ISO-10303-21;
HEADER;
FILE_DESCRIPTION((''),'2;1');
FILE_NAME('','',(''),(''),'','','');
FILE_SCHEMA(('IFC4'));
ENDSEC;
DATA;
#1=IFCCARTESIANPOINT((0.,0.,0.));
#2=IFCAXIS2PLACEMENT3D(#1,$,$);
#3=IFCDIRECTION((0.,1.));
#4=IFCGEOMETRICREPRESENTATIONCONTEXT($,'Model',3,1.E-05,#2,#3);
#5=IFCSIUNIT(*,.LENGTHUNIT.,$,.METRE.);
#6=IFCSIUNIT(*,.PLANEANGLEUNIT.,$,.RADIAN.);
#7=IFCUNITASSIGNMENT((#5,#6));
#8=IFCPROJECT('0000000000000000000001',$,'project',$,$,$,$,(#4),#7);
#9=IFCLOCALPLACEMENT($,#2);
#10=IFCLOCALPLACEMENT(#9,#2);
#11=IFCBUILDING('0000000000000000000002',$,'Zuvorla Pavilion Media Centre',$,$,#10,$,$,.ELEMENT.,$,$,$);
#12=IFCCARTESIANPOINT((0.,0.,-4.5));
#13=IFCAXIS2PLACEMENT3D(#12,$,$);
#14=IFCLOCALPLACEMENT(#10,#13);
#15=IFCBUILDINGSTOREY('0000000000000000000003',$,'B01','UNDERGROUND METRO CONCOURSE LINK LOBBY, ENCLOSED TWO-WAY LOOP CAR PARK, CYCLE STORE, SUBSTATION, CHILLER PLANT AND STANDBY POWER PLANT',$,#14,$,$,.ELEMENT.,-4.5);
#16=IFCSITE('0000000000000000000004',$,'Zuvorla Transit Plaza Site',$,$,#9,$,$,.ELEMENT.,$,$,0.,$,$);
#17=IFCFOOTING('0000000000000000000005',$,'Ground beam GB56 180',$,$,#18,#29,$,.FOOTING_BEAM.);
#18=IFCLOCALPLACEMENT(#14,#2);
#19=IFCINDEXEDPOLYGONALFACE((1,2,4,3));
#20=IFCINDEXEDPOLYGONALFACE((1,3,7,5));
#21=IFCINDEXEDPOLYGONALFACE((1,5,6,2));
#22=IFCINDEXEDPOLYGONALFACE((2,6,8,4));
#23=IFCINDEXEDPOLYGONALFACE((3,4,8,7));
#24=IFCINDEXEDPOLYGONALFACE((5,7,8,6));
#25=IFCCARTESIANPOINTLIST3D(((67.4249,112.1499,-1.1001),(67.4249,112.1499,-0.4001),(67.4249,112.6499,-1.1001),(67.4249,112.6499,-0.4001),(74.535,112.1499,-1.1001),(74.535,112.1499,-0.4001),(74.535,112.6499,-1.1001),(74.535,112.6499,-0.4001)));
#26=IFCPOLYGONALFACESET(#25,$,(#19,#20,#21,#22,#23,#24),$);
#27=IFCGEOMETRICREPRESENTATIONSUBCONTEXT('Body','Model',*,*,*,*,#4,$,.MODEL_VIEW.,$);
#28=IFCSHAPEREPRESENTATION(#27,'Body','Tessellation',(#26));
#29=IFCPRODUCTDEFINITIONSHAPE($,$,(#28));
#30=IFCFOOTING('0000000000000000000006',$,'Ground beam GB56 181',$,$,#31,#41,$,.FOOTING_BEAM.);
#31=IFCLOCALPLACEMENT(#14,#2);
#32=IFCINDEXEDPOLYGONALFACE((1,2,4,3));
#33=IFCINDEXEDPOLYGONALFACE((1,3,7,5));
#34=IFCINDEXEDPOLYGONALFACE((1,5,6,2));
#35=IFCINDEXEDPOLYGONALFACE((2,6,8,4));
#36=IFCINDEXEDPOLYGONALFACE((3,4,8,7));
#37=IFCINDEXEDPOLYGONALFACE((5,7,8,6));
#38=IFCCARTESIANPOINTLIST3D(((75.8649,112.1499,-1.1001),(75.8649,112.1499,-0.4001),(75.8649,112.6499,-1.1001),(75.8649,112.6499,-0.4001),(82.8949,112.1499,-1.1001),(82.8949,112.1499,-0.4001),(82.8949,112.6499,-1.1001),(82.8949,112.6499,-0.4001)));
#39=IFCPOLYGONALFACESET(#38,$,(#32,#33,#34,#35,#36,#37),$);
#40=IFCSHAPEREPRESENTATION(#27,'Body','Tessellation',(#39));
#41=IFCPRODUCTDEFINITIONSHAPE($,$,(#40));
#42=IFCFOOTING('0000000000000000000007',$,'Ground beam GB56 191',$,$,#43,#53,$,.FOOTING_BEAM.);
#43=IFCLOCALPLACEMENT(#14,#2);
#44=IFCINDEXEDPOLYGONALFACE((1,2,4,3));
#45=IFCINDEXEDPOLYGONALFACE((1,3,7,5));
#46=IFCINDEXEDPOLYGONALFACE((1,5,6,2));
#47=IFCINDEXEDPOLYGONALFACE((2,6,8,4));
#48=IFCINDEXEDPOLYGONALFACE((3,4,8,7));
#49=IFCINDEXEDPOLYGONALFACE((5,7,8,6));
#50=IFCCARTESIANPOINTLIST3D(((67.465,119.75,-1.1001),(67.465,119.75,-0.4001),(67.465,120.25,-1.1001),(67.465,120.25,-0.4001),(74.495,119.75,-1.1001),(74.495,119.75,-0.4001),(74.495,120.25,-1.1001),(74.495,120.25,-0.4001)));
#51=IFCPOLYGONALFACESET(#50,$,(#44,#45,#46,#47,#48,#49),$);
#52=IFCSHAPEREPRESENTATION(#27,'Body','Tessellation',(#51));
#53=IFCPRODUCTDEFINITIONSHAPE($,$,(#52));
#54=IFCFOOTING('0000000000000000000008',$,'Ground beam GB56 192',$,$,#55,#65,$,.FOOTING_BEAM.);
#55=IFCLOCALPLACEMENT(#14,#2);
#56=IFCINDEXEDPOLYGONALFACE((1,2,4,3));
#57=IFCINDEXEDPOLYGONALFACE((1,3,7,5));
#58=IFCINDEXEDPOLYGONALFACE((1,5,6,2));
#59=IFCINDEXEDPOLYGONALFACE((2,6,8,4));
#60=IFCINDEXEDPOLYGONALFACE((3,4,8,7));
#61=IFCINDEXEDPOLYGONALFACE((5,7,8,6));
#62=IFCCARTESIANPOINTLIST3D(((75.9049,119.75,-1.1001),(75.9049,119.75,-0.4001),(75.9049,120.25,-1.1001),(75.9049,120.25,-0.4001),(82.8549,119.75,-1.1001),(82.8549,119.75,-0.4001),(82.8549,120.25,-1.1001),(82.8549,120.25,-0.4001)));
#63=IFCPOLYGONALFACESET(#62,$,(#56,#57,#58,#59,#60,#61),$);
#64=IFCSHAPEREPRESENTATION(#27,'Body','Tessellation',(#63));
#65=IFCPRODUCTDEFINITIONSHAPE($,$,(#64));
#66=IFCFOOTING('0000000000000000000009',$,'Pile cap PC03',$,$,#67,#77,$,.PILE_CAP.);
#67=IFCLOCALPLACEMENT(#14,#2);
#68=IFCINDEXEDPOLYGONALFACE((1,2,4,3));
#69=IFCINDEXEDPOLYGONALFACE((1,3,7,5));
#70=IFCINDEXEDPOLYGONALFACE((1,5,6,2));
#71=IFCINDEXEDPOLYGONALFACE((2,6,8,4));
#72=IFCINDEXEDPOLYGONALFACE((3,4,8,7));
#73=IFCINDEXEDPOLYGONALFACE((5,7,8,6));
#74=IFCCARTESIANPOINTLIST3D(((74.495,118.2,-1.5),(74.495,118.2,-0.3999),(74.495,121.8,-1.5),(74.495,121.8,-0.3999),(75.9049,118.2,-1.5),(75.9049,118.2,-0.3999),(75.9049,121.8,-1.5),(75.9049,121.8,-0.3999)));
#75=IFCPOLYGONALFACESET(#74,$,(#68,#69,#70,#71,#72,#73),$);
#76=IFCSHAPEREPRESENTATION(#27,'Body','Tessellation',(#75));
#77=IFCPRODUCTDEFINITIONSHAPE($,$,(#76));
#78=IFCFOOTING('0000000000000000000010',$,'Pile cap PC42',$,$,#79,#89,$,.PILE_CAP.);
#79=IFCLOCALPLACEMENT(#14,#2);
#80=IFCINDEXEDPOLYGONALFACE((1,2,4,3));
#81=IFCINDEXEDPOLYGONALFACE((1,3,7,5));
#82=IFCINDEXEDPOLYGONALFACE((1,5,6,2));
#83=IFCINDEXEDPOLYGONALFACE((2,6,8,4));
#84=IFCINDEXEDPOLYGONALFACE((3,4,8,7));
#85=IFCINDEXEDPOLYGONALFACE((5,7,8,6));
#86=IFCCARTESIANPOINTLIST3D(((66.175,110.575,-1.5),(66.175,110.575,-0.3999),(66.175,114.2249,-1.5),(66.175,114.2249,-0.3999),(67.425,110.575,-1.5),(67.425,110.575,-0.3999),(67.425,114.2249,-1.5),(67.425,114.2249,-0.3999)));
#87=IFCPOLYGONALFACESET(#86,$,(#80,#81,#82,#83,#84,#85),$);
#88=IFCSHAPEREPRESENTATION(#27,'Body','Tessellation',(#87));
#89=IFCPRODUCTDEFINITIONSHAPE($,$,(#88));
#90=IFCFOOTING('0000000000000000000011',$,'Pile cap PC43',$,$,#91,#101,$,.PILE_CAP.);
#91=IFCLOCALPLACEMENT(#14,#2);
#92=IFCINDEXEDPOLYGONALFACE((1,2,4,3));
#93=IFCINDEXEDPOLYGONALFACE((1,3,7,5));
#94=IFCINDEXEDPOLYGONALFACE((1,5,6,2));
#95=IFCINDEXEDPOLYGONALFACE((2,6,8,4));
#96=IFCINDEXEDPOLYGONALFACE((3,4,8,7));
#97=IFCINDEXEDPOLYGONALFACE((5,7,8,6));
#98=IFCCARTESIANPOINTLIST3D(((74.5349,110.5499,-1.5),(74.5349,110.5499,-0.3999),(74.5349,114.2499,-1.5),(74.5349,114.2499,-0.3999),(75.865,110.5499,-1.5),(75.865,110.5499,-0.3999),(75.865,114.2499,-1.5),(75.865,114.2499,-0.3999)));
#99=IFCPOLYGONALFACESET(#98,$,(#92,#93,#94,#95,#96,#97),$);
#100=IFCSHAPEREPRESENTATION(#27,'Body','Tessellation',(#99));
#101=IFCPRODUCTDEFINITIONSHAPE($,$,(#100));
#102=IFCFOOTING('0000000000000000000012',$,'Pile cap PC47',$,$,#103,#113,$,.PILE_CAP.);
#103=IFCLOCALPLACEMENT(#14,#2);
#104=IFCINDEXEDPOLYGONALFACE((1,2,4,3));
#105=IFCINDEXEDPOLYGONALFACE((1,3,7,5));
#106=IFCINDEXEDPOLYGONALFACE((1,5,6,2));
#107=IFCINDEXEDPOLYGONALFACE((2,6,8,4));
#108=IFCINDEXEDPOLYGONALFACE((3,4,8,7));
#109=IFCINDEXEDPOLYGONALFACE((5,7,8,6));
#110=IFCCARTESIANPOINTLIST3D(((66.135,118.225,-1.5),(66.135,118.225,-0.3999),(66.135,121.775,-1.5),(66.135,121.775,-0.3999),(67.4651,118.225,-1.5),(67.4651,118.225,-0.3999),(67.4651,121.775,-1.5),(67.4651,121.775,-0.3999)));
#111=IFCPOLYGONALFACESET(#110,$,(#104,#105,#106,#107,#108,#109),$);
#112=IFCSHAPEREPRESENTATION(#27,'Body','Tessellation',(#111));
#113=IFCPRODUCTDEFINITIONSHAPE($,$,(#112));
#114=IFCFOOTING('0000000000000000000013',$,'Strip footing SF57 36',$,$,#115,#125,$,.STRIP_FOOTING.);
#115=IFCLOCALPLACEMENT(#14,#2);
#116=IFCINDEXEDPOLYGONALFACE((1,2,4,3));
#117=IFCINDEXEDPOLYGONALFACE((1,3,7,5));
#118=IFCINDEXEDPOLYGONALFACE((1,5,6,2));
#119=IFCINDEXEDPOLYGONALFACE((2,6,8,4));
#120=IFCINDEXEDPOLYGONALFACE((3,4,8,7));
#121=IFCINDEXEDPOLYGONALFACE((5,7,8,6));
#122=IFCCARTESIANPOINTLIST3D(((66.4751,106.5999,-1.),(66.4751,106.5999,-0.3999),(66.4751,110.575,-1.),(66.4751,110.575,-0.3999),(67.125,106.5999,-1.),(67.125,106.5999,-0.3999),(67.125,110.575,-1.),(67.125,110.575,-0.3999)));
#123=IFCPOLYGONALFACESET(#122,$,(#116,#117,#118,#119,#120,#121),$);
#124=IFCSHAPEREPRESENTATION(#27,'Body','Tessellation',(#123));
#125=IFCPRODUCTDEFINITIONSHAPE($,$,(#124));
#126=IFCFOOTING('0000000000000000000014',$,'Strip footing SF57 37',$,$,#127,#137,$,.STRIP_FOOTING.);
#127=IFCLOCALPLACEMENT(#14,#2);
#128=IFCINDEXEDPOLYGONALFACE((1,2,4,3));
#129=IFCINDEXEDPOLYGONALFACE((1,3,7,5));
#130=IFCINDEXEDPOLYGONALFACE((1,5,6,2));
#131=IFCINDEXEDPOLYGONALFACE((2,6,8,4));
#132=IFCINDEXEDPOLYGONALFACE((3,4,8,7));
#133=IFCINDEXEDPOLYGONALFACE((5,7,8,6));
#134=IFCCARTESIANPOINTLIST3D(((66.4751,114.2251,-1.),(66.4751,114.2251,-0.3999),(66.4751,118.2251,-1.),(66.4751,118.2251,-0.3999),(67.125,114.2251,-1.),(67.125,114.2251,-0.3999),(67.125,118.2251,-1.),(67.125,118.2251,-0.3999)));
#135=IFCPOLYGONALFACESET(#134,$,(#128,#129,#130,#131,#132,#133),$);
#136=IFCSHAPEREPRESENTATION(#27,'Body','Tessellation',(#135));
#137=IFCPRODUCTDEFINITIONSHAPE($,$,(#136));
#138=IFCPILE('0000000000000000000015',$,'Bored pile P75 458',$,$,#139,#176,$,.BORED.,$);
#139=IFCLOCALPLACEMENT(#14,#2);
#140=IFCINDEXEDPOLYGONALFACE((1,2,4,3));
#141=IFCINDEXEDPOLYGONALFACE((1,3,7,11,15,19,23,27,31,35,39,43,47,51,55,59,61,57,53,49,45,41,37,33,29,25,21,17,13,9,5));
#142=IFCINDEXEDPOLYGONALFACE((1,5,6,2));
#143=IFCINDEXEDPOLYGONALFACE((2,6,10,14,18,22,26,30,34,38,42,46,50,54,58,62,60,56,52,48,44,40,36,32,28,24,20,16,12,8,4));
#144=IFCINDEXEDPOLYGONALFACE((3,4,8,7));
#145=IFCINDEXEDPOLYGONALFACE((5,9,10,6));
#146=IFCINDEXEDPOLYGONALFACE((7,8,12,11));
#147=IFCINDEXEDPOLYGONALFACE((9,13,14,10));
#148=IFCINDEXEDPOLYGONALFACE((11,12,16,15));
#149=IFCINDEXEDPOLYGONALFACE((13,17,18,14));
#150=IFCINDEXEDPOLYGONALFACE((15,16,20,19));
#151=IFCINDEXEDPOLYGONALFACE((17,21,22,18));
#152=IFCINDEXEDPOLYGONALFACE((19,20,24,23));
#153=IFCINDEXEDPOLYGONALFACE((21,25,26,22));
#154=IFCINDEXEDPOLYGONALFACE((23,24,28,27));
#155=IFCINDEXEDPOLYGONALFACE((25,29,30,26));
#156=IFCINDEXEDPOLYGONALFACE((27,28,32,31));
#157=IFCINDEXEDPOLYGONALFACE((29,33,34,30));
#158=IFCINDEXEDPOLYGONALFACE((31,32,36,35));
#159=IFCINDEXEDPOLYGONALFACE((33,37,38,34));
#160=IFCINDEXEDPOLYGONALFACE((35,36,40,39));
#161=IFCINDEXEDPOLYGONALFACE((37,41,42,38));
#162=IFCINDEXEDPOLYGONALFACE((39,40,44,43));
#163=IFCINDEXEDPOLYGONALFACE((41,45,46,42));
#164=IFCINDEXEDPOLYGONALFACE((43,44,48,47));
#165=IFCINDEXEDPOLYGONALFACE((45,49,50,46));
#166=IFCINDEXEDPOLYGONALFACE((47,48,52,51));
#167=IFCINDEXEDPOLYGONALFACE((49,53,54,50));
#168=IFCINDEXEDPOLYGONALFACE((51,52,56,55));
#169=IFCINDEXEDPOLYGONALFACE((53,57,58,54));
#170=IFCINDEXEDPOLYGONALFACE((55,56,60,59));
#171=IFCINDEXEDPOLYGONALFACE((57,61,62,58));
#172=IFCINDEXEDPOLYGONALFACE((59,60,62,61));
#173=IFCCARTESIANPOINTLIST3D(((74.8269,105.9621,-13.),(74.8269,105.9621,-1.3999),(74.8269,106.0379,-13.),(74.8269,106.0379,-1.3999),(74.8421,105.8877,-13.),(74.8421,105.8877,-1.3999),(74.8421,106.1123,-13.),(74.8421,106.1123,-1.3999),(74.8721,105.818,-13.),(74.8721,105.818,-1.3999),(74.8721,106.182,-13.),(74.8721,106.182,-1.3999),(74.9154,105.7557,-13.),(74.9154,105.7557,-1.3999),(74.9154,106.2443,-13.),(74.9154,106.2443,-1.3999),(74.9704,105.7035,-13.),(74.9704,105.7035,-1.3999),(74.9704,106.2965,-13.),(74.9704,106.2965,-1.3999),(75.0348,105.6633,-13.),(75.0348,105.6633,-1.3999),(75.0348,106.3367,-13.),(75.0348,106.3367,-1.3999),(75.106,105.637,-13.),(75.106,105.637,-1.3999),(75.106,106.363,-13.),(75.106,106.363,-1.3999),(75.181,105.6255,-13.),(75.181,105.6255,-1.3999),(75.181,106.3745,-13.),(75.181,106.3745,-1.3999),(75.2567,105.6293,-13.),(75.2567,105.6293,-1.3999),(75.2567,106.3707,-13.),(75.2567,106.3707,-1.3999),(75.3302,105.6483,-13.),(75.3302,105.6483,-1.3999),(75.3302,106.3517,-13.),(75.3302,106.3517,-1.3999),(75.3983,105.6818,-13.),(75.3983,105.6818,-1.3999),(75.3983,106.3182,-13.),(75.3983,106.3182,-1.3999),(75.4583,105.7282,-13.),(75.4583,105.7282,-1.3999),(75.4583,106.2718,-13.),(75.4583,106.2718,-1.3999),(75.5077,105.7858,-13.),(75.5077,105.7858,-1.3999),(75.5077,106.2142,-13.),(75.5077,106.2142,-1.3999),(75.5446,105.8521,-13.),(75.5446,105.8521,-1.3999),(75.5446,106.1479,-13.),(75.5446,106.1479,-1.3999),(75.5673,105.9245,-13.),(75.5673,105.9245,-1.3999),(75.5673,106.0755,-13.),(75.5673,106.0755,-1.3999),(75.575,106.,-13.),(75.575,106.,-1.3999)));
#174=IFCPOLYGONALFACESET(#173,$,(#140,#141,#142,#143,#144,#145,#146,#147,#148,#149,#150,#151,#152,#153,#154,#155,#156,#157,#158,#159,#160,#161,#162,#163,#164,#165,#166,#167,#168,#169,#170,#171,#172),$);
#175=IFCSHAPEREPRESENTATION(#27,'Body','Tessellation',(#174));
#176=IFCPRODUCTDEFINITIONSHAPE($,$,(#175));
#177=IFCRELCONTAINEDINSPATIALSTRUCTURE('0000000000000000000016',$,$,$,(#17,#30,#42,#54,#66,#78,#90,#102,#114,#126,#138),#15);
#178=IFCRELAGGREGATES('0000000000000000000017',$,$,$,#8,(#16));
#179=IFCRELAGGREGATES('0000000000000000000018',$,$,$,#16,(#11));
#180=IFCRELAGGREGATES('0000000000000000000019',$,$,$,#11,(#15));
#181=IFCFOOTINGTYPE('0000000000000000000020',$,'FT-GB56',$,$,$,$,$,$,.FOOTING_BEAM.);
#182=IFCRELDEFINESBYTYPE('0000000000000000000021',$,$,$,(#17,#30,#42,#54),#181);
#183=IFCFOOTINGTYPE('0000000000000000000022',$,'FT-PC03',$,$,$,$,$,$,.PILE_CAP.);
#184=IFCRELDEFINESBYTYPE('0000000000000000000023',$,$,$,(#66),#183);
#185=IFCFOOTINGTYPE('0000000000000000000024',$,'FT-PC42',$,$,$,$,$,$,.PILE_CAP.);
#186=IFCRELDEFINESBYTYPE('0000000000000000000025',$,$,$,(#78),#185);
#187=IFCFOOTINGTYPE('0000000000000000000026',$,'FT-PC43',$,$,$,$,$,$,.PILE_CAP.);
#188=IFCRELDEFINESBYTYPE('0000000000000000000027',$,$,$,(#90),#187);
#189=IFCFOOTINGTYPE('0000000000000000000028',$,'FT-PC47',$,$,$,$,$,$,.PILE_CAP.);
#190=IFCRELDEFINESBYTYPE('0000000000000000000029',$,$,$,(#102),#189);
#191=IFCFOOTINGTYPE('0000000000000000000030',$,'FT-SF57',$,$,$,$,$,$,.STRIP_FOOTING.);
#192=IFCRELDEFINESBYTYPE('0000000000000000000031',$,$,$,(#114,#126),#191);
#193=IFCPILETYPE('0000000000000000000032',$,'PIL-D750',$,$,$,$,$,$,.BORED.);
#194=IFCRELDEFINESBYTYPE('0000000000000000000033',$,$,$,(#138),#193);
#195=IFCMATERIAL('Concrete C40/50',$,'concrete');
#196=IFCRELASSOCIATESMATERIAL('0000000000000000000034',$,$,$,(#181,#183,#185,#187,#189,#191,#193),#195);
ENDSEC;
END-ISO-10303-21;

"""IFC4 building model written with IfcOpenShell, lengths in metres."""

from ifc_helpers import new_model, si_unit, direction, frame, origin, origin_2d, place, context, subcontext, project, spatial, rectangle, circle, extrude, material, material_profile, profile_set, type_object, element, save


model = new_model("IFC4")

# Units and contexts
model_context = context("Model", 3, precision=1e-05, world=origin(), true_north=direction((0.0, 1.0)))
body_context = subcontext(model_context, "Body", "Model", "MODEL_VIEW")
ifc_project = project(units=[si_unit("LENGTHUNIT", "METRE"), si_unit("PLANEANGLEUNIT", "RADIAN")], contexts=[model_context])

# Site, building, storey
site_placement = place(None, origin())
site = spatial("IfcSite", under=ifc_project, at=site_placement, Name="Zuvorla Transit Plaza Site", CompositionType="ELEMENT", RefElevation=0.0)
building_placement = place(site_placement, origin())
building = spatial("IfcBuilding", under=site, at=building_placement, Name="Zuvorla Pavilion Media Centre", CompositionType="ELEMENT")
storey_placement = place(building_placement, frame((0.0, 0.0, -4.5)))
storey = spatial("IfcBuildingStorey", under=building, at=storey_placement, Name="B01", Description="UNDERGROUND METRO CONCOURSE LINK LOBBY, ENCLOSED TWO-WAY LOOP CAR PARK, CYCLE STORE, SUBSTATION, CHILLER PLANT AND STANDBY POWER PLANT", CompositionType="ELEMENT", Elevation=-4.5)

# Footings
ifc_material = material(Name="Concrete C40/50", Category="concrete")
footing_type_1 = type_object("IfcFootingType", Name="FT-GB56", PredefinedType="FOOTING_BEAM", material=ifc_material)
footing_1_placement = place(storey_placement, frame((70.98, 112.3999, -1.1001), z_axis=(0.0, 0.0, 1.0), x_axis=(1.0, 0.0, 0.0)))
element("IfcFooting", 1, at=footing_1_placement, inside=storey, type_object=footing_type_1, Name="Ground beam GB56 180", PredefinedType="FOOTING_BEAM", context=body_context, shape_type="SweptSolid", body=[
    extrude(rectangle(XDim=7.1101, YDim=0.5, at=origin_2d()), origin(), (0.0, 0.0, 1.0), 0.7),
])
for number, where, z_axis, x_axis, name in (
    (2, (79.3799, 112.3999, -1.1001), (0.0, 0.0, 1.0), (1.0, 0.0, 0.0), "Ground beam GB56 181"),
    (3, (70.98, 120.0, -1.1001), (0.0, 0.0, 1.0), (1.0, 0.0, 0.0), "Ground beam GB56 191"),
):
    element("IfcFooting", number, at=place(storey_placement, frame(where, z_axis=z_axis, x_axis=x_axis)), inside=storey, type_object=footing_type_1, Name=name, PredefinedType="FOOTING_BEAM", context=body_context, shape_type="SweptSolid", body=[
        extrude(rectangle(XDim=7.03, YDim=0.5, at=origin_2d()), origin(), (0.0, 0.0, 1.0), 0.7),
    ])
footing_2_placement = place(storey_placement, frame((79.3799, 120.0, -1.1001), z_axis=(0.0, 0.0, 1.0), x_axis=(1.0, 0.0, 0.0)))
element("IfcFooting", 4, at=footing_2_placement, inside=storey, type_object=footing_type_1, Name="Ground beam GB56 192", PredefinedType="FOOTING_BEAM", context=body_context, shape_type="SweptSolid", body=[
    extrude(rectangle(XDim=6.95, YDim=0.5, at=origin_2d()), origin(), (0.0, 0.0, 1.0), 0.7),
])
footing_type_2 = type_object("IfcFootingType", Name="FT-PC03", PredefinedType="PILE_CAP", material=ifc_material)
footing_3_placement = place(storey_placement, frame((75.2, 120.0, -1.5), z_axis=(0.0, 0.0, 1.0), x_axis=(1.0, 0.0, 0.0)))
element("IfcFooting", 5, at=footing_3_placement, inside=storey, type_object=footing_type_2, Name="Pile cap PC03", PredefinedType="PILE_CAP", context=body_context, shape_type="SweptSolid", body=[
    extrude(rectangle(XDim=1.4099, YDim=3.6001, at=origin_2d()), origin(), (0.0, 0.0, 1.0), 1.1001),
])
footing_type_3 = type_object("IfcFootingType", Name="FT-PC42", PredefinedType="PILE_CAP", material=ifc_material)
footing_4_placement = place(storey_placement, frame((66.8, 112.3999, -1.5), z_axis=(0.0, 0.0, 1.0), x_axis=(1.0, 0.0, 0.0)))
element("IfcFooting", 6, at=footing_4_placement, inside=storey, type_object=footing_type_3, Name="Pile cap PC42", PredefinedType="PILE_CAP", context=body_context, shape_type="SweptSolid", body=[
    extrude(rectangle(XDim=1.25, YDim=3.6499, at=origin_2d()), origin(), (0.0, 0.0, 1.0), 1.1001),
])
footing_type_4 = type_object("IfcFootingType", Name="FT-PC43", PredefinedType="PILE_CAP", material=ifc_material)
footing_5_placement = place(storey_placement, frame((75.2, 112.3999, -1.5), z_axis=(0.0, 0.0, 1.0), x_axis=(1.0, 0.0, 0.0)))
element("IfcFooting", 7, at=footing_5_placement, inside=storey, type_object=footing_type_4, Name="Pile cap PC43", PredefinedType="PILE_CAP", context=body_context, shape_type="SweptSolid", body=[
    extrude(rectangle(XDim=1.3301, YDim=3.7, at=origin_2d()), origin(), (0.0, 0.0, 1.0), 1.1001),
])
footing_type_5 = type_object("IfcFootingType", Name="FT-PC47", PredefinedType="PILE_CAP", material=ifc_material)
footing_6_placement = place(storey_placement, frame((66.8, 120.0, -1.5), z_axis=(0.0, 0.0, 1.0), x_axis=(1.0, 0.0, 0.0)))
element("IfcFooting", 8, at=footing_6_placement, inside=storey, type_object=footing_type_5, Name="Pile cap PC47", PredefinedType="PILE_CAP", context=body_context, shape_type="SweptSolid", body=[
    extrude(rectangle(XDim=1.3301, YDim=3.55, at=origin_2d()), origin(), (0.0, 0.0, 1.0), 1.1001),
])
footing_type_6 = type_object("IfcFootingType", Name="FT-SF57", PredefinedType="STRIP_FOOTING", material=ifc_material)
footing_7_placement = place(storey_placement, frame((66.8, 108.5874, -1.0), z_axis=(0.0, 0.0, 1.0), x_axis=(0.0, 1.0, 0.0)))
element("IfcFooting", 9, at=footing_7_placement, inside=storey, type_object=footing_type_6, Name="Strip footing SF57 36", PredefinedType="STRIP_FOOTING", context=body_context, shape_type="SweptSolid", body=[
    extrude(rectangle(XDim=3.9751, YDim=0.6499, at=origin_2d()), origin(), (0.0, 0.0, 1.0), 0.6001),
])
footing_8_placement = place(storey_placement, frame((66.8, 116.2251, -1.0), z_axis=(0.0, 0.0, 1.0), x_axis=(0.0, 1.0, 0.0)))
element("IfcFooting", 10, at=footing_8_placement, inside=storey, type_object=footing_type_6, Name="Strip footing SF57 37", PredefinedType="STRIP_FOOTING", context=body_context, shape_type="SweptSolid", body=[
    extrude(rectangle(XDim=4.0, YDim=0.6499, at=origin_2d()), origin(), (0.0, 0.0, 1.0), 0.6001),
])

# Pile
ifc_material_profile_1 = material_profile(ifc_material, circle(Radius=0.375, at=origin_2d()), Name="BORED PILE 750")
ifc_profile_set_1 = profile_set([ifc_material_profile_1], Name="Concrete C40/50")
pile_type = type_object("IfcPileType", Name="PIL-D750", PredefinedType="BORED", material=ifc_profile_set_1)
for number, where, z_axis, x_axis, name in (
    (11, (75.2, 106.0, -1.3999), (0.0, 0.0, -1.0), (1.0, 0.0, 0.0), "Bored pile P75 458"),
):
    element("IfcPile", number, at=place(storey_placement, frame(where, z_axis=z_axis, x_axis=x_axis)), inside=storey, type_object=pile_type, Name=name, PredefinedType="BORED", context=body_context, shape_type="SweptSolid", body=[
        extrude(circle(Radius=0.375, at=origin_2d()), origin(), (0.0, 0.0, 1.0), 11.6001),
    ])

save(model, "model.ifc")
